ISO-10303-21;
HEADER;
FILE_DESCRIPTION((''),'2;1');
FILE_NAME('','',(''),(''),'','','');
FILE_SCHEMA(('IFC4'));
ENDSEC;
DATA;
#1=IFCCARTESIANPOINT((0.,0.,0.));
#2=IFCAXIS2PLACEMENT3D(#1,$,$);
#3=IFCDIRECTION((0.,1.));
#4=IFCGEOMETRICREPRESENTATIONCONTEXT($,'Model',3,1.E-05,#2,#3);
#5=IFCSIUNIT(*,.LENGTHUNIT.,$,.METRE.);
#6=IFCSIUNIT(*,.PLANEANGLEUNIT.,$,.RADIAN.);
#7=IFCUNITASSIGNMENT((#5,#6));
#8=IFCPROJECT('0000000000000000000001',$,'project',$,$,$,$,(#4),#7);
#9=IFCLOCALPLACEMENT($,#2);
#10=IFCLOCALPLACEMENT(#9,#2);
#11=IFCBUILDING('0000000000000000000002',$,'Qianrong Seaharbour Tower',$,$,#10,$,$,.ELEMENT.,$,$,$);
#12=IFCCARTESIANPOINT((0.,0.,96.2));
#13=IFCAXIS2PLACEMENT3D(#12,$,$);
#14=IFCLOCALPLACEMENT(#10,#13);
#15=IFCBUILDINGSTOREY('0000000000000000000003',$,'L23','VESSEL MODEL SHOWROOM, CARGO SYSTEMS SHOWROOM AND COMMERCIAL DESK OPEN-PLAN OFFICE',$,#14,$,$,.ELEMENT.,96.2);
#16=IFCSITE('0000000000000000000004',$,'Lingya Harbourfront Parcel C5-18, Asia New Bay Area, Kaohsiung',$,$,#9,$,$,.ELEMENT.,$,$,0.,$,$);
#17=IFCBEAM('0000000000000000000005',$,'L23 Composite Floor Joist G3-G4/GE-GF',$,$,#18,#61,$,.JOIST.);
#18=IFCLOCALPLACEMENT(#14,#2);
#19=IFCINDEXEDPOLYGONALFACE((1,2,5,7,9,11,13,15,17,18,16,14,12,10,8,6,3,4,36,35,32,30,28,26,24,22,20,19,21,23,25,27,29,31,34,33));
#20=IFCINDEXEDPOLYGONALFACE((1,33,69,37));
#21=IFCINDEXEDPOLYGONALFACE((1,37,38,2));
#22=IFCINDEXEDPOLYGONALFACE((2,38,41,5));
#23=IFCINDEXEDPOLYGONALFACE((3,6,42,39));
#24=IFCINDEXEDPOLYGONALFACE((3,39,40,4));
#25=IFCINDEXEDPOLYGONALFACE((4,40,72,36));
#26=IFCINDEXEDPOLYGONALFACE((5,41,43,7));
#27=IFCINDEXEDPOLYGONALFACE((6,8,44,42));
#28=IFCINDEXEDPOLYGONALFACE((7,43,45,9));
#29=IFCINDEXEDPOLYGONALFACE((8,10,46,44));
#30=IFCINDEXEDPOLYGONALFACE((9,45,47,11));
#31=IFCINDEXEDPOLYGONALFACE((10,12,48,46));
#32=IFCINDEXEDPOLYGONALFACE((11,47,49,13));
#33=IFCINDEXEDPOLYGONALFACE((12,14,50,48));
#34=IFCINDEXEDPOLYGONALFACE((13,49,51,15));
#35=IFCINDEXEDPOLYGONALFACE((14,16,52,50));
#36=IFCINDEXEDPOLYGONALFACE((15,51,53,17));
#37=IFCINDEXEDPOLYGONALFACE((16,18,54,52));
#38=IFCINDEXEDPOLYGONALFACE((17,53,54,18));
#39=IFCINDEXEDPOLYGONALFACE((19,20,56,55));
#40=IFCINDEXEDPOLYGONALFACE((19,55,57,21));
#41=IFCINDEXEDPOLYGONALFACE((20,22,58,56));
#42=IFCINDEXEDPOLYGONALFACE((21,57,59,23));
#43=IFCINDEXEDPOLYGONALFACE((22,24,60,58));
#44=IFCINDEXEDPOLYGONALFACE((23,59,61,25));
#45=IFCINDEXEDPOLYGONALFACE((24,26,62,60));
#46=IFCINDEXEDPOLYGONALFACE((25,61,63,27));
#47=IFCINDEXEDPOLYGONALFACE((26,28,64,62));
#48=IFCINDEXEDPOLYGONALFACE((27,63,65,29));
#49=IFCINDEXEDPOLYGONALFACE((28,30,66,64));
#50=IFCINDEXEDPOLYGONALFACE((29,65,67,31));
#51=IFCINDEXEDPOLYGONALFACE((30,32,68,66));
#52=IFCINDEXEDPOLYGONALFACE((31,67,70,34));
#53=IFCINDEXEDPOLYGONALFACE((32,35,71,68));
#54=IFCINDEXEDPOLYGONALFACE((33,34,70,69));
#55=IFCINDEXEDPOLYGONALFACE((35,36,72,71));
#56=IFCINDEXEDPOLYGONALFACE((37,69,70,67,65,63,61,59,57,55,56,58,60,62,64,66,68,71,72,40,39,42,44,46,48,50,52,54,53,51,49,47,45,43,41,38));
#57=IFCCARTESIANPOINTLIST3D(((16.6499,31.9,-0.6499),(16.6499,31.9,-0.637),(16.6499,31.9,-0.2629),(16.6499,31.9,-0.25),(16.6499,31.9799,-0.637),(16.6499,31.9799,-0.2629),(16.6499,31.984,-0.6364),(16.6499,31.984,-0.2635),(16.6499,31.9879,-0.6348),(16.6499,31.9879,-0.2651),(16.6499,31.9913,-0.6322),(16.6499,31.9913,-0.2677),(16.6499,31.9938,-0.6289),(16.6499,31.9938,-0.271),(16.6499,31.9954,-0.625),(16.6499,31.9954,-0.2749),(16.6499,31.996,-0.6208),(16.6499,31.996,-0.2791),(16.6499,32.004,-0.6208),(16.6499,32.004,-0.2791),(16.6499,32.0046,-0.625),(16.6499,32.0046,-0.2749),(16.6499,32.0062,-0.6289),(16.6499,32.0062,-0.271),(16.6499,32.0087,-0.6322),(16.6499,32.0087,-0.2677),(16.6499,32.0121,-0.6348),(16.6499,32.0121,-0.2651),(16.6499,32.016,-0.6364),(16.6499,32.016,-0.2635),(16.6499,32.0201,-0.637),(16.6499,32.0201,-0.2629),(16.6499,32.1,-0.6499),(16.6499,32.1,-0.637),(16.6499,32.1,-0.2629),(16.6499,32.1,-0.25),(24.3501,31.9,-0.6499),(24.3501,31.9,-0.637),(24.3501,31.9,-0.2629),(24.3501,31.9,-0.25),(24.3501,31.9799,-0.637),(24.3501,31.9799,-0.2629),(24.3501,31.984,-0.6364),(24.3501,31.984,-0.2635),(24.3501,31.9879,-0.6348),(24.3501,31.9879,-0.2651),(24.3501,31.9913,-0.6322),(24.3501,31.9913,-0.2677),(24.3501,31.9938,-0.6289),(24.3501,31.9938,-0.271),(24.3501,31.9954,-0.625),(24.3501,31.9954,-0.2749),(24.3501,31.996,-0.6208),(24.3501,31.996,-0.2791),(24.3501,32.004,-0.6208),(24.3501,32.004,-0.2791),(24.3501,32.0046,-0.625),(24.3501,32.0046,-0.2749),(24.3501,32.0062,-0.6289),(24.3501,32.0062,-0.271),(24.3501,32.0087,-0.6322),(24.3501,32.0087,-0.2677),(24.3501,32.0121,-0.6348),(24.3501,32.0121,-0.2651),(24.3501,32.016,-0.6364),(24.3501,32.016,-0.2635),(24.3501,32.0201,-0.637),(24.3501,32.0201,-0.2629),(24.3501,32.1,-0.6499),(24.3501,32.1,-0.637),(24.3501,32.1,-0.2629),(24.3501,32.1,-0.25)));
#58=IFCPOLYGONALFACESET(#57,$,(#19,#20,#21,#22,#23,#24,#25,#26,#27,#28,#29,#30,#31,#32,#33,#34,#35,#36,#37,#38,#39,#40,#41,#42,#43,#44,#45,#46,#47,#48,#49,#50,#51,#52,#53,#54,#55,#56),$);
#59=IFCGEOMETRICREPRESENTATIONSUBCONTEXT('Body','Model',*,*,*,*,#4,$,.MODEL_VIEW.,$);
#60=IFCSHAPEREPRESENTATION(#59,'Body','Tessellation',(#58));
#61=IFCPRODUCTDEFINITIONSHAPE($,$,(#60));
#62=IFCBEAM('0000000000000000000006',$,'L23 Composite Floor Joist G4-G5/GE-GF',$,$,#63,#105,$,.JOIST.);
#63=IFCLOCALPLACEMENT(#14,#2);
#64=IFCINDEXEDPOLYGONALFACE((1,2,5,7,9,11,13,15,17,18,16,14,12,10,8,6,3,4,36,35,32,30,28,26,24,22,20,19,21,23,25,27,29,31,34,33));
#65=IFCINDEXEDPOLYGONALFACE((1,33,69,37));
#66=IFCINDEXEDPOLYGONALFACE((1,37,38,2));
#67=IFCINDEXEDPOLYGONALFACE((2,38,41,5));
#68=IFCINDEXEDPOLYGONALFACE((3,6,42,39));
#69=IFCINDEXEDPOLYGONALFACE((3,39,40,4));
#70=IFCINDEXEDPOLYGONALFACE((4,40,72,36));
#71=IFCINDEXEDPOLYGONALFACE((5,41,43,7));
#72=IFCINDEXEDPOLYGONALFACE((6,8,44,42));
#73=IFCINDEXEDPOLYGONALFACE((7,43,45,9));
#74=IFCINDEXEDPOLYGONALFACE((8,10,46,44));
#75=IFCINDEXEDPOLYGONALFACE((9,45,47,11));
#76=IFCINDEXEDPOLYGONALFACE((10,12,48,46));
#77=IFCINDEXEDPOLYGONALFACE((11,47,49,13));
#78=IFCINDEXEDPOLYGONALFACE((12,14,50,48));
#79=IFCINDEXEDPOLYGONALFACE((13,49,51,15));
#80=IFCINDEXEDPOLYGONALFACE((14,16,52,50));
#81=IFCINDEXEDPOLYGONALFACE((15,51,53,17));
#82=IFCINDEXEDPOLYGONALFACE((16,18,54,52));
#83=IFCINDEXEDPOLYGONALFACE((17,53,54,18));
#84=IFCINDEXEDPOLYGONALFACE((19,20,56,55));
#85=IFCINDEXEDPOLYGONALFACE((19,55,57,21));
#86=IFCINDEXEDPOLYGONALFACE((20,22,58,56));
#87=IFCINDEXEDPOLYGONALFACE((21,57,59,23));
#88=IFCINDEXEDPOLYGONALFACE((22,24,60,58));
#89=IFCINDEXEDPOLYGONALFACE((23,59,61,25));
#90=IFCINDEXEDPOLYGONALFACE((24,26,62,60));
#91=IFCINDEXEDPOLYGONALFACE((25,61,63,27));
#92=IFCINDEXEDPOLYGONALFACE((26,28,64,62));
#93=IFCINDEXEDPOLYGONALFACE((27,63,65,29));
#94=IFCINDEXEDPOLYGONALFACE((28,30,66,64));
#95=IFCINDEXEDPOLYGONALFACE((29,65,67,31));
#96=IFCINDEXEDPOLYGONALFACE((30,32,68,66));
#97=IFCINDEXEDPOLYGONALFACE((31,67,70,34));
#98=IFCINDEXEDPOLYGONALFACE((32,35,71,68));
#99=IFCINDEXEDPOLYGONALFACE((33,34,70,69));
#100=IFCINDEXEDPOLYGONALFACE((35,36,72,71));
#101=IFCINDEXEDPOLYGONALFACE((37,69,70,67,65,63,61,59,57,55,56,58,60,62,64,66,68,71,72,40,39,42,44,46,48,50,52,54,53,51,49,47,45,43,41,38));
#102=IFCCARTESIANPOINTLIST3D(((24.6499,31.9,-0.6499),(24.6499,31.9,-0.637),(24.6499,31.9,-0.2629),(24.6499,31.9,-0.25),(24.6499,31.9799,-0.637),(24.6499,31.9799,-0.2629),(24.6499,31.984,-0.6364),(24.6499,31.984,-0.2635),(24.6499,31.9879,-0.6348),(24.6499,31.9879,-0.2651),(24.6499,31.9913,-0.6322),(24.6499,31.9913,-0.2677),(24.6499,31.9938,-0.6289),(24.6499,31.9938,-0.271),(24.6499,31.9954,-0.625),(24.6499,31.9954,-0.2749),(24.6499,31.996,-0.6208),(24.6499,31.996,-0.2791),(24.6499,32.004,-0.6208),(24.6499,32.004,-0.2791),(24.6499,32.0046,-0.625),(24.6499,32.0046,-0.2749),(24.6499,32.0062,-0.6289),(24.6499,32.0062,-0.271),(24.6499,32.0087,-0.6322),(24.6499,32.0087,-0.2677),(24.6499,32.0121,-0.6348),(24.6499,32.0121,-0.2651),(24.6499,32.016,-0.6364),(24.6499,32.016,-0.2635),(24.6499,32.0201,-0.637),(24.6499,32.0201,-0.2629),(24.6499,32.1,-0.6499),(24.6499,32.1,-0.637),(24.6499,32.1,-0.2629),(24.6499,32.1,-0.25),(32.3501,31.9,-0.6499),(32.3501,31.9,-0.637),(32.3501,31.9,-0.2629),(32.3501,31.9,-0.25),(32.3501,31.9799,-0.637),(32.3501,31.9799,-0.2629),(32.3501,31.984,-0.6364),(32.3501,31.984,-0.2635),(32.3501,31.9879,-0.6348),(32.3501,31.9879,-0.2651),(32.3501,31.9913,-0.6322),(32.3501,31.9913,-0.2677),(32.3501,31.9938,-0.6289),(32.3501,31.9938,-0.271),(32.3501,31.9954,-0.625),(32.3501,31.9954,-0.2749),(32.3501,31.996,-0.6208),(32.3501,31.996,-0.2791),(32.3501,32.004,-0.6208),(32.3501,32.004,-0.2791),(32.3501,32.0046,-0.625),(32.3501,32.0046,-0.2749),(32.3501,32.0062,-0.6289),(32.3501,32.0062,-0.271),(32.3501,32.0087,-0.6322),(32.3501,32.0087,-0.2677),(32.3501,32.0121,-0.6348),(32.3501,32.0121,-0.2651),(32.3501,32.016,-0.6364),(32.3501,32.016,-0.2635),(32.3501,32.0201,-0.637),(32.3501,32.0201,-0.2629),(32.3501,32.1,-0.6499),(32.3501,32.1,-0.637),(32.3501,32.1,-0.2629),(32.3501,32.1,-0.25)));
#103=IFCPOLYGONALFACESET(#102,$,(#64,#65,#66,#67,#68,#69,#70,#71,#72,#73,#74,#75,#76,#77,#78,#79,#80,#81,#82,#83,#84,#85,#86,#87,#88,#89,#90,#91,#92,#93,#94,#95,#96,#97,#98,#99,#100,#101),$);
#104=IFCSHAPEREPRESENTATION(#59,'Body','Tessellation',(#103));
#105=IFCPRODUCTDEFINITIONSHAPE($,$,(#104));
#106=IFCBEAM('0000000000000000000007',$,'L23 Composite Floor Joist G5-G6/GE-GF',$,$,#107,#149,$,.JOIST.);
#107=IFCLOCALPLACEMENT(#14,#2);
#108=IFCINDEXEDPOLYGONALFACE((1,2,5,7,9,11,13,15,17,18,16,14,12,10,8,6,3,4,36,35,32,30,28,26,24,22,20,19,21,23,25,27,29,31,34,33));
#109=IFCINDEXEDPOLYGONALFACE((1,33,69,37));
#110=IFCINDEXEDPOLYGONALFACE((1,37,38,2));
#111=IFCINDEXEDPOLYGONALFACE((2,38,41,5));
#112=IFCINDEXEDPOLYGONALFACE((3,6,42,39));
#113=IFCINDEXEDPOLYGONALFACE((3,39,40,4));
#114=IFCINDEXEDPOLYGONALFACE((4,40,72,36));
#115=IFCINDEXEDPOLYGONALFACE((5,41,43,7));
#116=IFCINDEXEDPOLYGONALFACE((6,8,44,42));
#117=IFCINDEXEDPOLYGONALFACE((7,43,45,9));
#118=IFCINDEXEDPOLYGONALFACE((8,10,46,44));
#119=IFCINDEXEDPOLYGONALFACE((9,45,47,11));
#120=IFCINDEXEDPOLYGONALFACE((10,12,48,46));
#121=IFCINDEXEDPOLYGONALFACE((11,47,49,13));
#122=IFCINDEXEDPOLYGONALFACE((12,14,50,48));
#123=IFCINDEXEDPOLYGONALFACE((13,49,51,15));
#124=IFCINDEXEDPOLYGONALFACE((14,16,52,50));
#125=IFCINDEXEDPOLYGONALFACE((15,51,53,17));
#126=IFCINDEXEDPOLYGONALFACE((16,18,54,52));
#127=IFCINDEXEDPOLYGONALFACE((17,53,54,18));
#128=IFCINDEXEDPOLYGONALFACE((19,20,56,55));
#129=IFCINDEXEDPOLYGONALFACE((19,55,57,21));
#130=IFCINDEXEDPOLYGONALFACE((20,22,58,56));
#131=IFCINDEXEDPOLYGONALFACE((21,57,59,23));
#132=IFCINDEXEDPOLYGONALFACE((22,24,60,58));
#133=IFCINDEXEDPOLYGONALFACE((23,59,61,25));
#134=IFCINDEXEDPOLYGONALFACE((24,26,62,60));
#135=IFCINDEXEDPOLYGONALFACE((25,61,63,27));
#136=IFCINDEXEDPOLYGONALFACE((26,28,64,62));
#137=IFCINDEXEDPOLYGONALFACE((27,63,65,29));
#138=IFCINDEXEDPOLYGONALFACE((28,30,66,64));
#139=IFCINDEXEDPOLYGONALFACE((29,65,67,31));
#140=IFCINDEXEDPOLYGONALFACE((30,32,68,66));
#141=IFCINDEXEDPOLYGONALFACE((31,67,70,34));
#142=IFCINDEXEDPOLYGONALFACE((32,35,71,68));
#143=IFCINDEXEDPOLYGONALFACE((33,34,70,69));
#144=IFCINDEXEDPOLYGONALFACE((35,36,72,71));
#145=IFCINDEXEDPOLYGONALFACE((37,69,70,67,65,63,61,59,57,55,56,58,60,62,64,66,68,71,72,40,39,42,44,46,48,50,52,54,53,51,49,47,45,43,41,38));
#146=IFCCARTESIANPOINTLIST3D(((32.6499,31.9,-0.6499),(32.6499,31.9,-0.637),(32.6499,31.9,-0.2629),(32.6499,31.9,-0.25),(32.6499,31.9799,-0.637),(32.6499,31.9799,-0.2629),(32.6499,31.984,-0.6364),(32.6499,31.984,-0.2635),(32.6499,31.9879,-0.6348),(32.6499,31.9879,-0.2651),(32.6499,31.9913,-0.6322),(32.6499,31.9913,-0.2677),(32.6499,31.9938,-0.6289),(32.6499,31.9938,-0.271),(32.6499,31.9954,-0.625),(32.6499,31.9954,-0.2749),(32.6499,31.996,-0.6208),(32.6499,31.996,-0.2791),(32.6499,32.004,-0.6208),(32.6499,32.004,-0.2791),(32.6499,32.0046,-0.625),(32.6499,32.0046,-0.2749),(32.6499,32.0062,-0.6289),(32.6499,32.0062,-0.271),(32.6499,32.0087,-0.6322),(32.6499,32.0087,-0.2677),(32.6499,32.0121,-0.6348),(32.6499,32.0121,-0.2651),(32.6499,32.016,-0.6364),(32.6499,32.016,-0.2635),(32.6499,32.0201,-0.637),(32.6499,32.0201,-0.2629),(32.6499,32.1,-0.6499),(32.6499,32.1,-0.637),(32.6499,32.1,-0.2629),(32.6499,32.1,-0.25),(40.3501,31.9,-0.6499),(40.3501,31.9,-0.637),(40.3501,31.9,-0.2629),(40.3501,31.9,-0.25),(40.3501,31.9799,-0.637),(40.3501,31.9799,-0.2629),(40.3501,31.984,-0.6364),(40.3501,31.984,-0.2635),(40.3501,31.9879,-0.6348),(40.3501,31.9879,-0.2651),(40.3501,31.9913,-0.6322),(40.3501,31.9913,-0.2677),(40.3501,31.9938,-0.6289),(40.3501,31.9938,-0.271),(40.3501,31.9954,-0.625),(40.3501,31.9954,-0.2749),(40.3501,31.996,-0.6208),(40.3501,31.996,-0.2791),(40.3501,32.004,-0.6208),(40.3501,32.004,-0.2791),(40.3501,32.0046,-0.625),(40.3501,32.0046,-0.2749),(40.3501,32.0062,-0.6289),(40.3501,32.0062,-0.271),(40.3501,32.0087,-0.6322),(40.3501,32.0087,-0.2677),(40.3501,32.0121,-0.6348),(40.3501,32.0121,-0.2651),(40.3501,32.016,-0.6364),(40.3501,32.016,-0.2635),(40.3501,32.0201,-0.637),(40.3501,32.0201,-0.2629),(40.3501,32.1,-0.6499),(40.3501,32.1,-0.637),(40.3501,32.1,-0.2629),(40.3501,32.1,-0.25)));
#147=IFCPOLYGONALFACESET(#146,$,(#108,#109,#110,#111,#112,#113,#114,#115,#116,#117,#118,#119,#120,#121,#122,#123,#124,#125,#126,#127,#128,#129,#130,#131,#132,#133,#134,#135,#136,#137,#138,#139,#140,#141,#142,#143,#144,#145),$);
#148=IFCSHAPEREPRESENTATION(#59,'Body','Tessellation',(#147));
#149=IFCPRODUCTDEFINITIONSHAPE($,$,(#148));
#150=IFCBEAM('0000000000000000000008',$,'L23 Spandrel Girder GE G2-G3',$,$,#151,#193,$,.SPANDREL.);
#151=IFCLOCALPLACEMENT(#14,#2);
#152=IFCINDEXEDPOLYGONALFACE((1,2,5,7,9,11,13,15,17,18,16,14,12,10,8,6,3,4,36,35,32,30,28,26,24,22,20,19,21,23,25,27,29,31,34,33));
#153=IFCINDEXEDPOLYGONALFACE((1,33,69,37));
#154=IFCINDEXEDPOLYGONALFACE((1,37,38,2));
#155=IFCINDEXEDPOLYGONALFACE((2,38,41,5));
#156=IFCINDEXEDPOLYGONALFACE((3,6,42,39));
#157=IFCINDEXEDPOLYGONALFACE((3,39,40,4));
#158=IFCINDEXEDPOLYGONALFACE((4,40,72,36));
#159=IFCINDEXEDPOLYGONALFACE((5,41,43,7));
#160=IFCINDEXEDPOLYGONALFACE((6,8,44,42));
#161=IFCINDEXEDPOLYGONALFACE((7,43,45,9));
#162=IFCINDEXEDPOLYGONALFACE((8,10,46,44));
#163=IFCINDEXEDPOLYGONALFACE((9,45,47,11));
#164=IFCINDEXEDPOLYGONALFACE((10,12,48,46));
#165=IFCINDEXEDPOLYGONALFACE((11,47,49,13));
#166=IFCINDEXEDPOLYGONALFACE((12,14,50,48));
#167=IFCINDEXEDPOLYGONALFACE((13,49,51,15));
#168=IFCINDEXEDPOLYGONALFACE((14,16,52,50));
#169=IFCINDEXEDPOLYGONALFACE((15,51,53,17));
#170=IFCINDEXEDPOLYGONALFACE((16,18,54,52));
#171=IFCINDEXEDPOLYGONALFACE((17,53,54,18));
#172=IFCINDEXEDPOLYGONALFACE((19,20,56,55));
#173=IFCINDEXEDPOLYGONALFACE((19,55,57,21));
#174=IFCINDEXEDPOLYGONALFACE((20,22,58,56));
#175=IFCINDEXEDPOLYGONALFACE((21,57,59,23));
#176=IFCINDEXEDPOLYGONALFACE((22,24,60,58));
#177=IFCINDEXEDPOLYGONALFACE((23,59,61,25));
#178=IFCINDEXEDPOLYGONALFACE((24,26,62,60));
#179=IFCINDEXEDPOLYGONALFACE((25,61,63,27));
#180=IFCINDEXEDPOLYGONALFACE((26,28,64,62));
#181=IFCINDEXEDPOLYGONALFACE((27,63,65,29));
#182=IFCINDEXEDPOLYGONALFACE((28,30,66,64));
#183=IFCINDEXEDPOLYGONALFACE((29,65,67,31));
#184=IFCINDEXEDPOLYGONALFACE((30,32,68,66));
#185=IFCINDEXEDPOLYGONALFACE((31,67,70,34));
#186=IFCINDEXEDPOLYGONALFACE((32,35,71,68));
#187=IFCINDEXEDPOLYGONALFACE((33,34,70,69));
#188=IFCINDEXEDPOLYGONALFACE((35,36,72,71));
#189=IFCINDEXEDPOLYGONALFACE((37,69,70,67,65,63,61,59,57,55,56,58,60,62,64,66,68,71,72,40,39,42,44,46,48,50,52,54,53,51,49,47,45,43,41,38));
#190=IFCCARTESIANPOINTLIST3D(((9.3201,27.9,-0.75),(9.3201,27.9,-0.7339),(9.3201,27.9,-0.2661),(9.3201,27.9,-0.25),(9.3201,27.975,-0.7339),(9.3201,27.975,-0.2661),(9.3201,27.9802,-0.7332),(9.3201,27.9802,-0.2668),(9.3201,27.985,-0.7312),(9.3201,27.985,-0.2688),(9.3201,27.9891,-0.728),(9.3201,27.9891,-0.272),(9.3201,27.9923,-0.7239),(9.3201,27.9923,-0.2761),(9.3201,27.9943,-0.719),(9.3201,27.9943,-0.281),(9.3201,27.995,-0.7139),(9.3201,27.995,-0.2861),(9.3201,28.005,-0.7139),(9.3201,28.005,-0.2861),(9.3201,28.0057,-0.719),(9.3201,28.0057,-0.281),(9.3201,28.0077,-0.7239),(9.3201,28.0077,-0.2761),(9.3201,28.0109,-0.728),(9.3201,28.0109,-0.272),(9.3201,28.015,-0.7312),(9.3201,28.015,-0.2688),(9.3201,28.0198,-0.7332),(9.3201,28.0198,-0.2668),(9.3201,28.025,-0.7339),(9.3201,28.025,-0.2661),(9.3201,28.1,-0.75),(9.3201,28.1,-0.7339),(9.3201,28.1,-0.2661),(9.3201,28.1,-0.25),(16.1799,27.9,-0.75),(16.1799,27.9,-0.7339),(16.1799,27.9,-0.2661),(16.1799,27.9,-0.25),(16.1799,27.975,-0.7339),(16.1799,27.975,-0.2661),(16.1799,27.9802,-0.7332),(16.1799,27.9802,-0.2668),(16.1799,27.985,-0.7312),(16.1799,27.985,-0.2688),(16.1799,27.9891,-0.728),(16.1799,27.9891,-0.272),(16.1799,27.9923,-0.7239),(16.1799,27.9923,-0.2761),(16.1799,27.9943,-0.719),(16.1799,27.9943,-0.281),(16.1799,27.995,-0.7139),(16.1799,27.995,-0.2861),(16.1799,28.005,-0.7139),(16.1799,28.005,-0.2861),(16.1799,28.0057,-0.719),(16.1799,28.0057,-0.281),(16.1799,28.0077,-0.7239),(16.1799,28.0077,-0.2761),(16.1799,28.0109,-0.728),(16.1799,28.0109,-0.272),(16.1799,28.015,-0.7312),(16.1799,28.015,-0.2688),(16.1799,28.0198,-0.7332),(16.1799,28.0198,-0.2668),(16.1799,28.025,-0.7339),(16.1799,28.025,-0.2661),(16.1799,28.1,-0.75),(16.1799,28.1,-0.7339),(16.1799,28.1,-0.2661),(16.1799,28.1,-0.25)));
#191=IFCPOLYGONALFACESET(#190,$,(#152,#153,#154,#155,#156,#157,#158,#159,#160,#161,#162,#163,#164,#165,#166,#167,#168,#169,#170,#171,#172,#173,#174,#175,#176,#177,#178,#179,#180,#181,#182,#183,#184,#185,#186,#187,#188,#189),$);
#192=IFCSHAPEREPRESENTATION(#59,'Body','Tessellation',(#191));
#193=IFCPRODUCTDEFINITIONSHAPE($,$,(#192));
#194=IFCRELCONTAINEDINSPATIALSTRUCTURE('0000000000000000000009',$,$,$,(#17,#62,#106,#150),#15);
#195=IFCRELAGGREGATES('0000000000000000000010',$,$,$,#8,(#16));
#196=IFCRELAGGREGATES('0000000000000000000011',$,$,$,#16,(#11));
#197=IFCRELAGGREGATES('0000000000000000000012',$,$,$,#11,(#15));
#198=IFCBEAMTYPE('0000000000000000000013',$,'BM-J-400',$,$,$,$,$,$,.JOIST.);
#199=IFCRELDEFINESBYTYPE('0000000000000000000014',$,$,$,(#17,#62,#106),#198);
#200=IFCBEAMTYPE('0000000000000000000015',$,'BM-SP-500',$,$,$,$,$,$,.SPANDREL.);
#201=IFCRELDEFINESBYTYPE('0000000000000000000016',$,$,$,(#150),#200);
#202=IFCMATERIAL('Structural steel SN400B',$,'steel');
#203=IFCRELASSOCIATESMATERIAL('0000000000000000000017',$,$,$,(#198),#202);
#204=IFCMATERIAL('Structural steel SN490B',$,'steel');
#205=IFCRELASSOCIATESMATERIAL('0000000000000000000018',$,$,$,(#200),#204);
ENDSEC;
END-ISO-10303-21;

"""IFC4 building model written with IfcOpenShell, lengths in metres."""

from ifc_helpers import new_model, si_unit, direction, frame, origin, origin_2d, place, context, subcontext, project, spatial, i_section, extrude, material, material_profile, profile_set, type_object, element, save


model = new_model("IFC4")

# Units and contexts
model_context = context("Model", 3, precision=1e-05, world=origin(), true_north=direction((0.0, 1.0)))
body_context = subcontext(model_context, "Body", "Model", "MODEL_VIEW")
ifc_project = project(units=[si_unit("LENGTHUNIT", "METRE"), si_unit("PLANEANGLEUNIT", "RADIAN")], contexts=[model_context])

# Site, building, storey
site_placement = place(None, origin())
site = spatial("IfcSite", under=ifc_project, at=site_placement, Name="Lingya Harbourfront Parcel C5-18, Asia New Bay Area, Kaohsiung", CompositionType="ELEMENT", RefElevation=0.0)
building_placement = place(site_placement, origin())
building = spatial("IfcBuilding", under=site, at=building_placement, Name="Qianrong Seaharbour Tower", CompositionType="ELEMENT")
storey_placement = place(building_placement, frame((0.0, 0.0, 96.2)))
storey = spatial("IfcBuildingStorey", under=building, at=storey_placement, Name="L23", Description="VESSEL MODEL SHOWROOM, CARGO SYSTEMS SHOWROOM AND COMMERCIAL DESK OPEN-PLAN OFFICE", CompositionType="ELEMENT", Elevation=96.2)

# Shared definitions
ifc_material_1 = material(Name="Structural steel SN490B", Category="steel")

# Beams
ifc_material_2 = material(Name="Structural steel SN400B", Category="steel")
ifc_material_profile_1 = material_profile(ifc_material_2, i_section(OverallWidth=0.2, OverallDepth=0.3999, WebThickness=0.0081, FlangeThickness=0.0129, FilletRadius=0.0161, at=origin_2d()), Name="H400x200x8x13")
ifc_profile_set_1 = profile_set([ifc_material_profile_1], Name="Structural steel SN400B")
beam_type_1 = type_object("IfcBeamType", Name="BM-J-400", PredefinedType="JOIST", material=ifc_profile_set_1)
for number, where, z_axis, x_axis, name in (
    (1, (16.6499, 32.0, -0.45), (1.0, 0.0, 0.0), (0.0, 1.0, 0.0), "L23 Composite Floor Joist G3-G4/GE-GF"),
    (2, (24.6499, 32.0, -0.45), (1.0, 0.0, 0.0), (0.0, 1.0, 0.0), "L23 Composite Floor Joist G4-G5/GE-GF"),
    (3, (32.6499, 32.0, -0.45), (1.0, 0.0, 0.0), (0.0, 1.0, 0.0), "L23 Composite Floor Joist G5-G6/GE-GF"),
):
    element("IfcBeam", number, at=place(storey_placement, frame(where, z_axis=z_axis, x_axis=x_axis)), inside=storey, type_object=beam_type_1, Name=name, PredefinedType="JOIST", context=body_context, shape_type="SweptSolid", body=[
        extrude(i_section(OverallWidth=0.2, OverallDepth=0.3999, WebThickness=0.0081, FlangeThickness=0.0129, FilletRadius=0.0161, at=origin_2d()), origin(), (0.0, 0.0, 1.0), 7.7002),
    ])
ifc_material_profile_2 = material_profile(ifc_material_1, i_section(OverallWidth=0.2, OverallDepth=0.5, WebThickness=0.01, FlangeThickness=0.0161, FilletRadius=0.02, at=origin_2d()), Name="H500x200x10x16")
ifc_profile_set_2 = profile_set([ifc_material_profile_2], Name="Structural steel SN490B")
beam_type_2 = type_object("IfcBeamType", Name="BM-SP-500", PredefinedType="SPANDREL", material=ifc_profile_set_2)
beam_1_placement = place(storey_placement, frame((9.3201, 28.0, -0.5), z_axis=(1.0, 0.0, 0.0), x_axis=(0.0, 1.0, 0.0)))
element("IfcBeam", 4, at=beam_1_placement, inside=storey, type_object=beam_type_2, Name="L23 Spandrel Girder GE G2-G3", PredefinedType="SPANDREL", context=body_context, shape_type="SweptSolid", body=[
    extrude(i_section(OverallWidth=0.2, OverallDepth=0.5, WebThickness=0.01, FlangeThickness=0.0161, FilletRadius=0.02, at=origin_2d()), origin(), (0.0, 0.0, 1.0), 6.8599),
])

save(model, "model.ifc")
